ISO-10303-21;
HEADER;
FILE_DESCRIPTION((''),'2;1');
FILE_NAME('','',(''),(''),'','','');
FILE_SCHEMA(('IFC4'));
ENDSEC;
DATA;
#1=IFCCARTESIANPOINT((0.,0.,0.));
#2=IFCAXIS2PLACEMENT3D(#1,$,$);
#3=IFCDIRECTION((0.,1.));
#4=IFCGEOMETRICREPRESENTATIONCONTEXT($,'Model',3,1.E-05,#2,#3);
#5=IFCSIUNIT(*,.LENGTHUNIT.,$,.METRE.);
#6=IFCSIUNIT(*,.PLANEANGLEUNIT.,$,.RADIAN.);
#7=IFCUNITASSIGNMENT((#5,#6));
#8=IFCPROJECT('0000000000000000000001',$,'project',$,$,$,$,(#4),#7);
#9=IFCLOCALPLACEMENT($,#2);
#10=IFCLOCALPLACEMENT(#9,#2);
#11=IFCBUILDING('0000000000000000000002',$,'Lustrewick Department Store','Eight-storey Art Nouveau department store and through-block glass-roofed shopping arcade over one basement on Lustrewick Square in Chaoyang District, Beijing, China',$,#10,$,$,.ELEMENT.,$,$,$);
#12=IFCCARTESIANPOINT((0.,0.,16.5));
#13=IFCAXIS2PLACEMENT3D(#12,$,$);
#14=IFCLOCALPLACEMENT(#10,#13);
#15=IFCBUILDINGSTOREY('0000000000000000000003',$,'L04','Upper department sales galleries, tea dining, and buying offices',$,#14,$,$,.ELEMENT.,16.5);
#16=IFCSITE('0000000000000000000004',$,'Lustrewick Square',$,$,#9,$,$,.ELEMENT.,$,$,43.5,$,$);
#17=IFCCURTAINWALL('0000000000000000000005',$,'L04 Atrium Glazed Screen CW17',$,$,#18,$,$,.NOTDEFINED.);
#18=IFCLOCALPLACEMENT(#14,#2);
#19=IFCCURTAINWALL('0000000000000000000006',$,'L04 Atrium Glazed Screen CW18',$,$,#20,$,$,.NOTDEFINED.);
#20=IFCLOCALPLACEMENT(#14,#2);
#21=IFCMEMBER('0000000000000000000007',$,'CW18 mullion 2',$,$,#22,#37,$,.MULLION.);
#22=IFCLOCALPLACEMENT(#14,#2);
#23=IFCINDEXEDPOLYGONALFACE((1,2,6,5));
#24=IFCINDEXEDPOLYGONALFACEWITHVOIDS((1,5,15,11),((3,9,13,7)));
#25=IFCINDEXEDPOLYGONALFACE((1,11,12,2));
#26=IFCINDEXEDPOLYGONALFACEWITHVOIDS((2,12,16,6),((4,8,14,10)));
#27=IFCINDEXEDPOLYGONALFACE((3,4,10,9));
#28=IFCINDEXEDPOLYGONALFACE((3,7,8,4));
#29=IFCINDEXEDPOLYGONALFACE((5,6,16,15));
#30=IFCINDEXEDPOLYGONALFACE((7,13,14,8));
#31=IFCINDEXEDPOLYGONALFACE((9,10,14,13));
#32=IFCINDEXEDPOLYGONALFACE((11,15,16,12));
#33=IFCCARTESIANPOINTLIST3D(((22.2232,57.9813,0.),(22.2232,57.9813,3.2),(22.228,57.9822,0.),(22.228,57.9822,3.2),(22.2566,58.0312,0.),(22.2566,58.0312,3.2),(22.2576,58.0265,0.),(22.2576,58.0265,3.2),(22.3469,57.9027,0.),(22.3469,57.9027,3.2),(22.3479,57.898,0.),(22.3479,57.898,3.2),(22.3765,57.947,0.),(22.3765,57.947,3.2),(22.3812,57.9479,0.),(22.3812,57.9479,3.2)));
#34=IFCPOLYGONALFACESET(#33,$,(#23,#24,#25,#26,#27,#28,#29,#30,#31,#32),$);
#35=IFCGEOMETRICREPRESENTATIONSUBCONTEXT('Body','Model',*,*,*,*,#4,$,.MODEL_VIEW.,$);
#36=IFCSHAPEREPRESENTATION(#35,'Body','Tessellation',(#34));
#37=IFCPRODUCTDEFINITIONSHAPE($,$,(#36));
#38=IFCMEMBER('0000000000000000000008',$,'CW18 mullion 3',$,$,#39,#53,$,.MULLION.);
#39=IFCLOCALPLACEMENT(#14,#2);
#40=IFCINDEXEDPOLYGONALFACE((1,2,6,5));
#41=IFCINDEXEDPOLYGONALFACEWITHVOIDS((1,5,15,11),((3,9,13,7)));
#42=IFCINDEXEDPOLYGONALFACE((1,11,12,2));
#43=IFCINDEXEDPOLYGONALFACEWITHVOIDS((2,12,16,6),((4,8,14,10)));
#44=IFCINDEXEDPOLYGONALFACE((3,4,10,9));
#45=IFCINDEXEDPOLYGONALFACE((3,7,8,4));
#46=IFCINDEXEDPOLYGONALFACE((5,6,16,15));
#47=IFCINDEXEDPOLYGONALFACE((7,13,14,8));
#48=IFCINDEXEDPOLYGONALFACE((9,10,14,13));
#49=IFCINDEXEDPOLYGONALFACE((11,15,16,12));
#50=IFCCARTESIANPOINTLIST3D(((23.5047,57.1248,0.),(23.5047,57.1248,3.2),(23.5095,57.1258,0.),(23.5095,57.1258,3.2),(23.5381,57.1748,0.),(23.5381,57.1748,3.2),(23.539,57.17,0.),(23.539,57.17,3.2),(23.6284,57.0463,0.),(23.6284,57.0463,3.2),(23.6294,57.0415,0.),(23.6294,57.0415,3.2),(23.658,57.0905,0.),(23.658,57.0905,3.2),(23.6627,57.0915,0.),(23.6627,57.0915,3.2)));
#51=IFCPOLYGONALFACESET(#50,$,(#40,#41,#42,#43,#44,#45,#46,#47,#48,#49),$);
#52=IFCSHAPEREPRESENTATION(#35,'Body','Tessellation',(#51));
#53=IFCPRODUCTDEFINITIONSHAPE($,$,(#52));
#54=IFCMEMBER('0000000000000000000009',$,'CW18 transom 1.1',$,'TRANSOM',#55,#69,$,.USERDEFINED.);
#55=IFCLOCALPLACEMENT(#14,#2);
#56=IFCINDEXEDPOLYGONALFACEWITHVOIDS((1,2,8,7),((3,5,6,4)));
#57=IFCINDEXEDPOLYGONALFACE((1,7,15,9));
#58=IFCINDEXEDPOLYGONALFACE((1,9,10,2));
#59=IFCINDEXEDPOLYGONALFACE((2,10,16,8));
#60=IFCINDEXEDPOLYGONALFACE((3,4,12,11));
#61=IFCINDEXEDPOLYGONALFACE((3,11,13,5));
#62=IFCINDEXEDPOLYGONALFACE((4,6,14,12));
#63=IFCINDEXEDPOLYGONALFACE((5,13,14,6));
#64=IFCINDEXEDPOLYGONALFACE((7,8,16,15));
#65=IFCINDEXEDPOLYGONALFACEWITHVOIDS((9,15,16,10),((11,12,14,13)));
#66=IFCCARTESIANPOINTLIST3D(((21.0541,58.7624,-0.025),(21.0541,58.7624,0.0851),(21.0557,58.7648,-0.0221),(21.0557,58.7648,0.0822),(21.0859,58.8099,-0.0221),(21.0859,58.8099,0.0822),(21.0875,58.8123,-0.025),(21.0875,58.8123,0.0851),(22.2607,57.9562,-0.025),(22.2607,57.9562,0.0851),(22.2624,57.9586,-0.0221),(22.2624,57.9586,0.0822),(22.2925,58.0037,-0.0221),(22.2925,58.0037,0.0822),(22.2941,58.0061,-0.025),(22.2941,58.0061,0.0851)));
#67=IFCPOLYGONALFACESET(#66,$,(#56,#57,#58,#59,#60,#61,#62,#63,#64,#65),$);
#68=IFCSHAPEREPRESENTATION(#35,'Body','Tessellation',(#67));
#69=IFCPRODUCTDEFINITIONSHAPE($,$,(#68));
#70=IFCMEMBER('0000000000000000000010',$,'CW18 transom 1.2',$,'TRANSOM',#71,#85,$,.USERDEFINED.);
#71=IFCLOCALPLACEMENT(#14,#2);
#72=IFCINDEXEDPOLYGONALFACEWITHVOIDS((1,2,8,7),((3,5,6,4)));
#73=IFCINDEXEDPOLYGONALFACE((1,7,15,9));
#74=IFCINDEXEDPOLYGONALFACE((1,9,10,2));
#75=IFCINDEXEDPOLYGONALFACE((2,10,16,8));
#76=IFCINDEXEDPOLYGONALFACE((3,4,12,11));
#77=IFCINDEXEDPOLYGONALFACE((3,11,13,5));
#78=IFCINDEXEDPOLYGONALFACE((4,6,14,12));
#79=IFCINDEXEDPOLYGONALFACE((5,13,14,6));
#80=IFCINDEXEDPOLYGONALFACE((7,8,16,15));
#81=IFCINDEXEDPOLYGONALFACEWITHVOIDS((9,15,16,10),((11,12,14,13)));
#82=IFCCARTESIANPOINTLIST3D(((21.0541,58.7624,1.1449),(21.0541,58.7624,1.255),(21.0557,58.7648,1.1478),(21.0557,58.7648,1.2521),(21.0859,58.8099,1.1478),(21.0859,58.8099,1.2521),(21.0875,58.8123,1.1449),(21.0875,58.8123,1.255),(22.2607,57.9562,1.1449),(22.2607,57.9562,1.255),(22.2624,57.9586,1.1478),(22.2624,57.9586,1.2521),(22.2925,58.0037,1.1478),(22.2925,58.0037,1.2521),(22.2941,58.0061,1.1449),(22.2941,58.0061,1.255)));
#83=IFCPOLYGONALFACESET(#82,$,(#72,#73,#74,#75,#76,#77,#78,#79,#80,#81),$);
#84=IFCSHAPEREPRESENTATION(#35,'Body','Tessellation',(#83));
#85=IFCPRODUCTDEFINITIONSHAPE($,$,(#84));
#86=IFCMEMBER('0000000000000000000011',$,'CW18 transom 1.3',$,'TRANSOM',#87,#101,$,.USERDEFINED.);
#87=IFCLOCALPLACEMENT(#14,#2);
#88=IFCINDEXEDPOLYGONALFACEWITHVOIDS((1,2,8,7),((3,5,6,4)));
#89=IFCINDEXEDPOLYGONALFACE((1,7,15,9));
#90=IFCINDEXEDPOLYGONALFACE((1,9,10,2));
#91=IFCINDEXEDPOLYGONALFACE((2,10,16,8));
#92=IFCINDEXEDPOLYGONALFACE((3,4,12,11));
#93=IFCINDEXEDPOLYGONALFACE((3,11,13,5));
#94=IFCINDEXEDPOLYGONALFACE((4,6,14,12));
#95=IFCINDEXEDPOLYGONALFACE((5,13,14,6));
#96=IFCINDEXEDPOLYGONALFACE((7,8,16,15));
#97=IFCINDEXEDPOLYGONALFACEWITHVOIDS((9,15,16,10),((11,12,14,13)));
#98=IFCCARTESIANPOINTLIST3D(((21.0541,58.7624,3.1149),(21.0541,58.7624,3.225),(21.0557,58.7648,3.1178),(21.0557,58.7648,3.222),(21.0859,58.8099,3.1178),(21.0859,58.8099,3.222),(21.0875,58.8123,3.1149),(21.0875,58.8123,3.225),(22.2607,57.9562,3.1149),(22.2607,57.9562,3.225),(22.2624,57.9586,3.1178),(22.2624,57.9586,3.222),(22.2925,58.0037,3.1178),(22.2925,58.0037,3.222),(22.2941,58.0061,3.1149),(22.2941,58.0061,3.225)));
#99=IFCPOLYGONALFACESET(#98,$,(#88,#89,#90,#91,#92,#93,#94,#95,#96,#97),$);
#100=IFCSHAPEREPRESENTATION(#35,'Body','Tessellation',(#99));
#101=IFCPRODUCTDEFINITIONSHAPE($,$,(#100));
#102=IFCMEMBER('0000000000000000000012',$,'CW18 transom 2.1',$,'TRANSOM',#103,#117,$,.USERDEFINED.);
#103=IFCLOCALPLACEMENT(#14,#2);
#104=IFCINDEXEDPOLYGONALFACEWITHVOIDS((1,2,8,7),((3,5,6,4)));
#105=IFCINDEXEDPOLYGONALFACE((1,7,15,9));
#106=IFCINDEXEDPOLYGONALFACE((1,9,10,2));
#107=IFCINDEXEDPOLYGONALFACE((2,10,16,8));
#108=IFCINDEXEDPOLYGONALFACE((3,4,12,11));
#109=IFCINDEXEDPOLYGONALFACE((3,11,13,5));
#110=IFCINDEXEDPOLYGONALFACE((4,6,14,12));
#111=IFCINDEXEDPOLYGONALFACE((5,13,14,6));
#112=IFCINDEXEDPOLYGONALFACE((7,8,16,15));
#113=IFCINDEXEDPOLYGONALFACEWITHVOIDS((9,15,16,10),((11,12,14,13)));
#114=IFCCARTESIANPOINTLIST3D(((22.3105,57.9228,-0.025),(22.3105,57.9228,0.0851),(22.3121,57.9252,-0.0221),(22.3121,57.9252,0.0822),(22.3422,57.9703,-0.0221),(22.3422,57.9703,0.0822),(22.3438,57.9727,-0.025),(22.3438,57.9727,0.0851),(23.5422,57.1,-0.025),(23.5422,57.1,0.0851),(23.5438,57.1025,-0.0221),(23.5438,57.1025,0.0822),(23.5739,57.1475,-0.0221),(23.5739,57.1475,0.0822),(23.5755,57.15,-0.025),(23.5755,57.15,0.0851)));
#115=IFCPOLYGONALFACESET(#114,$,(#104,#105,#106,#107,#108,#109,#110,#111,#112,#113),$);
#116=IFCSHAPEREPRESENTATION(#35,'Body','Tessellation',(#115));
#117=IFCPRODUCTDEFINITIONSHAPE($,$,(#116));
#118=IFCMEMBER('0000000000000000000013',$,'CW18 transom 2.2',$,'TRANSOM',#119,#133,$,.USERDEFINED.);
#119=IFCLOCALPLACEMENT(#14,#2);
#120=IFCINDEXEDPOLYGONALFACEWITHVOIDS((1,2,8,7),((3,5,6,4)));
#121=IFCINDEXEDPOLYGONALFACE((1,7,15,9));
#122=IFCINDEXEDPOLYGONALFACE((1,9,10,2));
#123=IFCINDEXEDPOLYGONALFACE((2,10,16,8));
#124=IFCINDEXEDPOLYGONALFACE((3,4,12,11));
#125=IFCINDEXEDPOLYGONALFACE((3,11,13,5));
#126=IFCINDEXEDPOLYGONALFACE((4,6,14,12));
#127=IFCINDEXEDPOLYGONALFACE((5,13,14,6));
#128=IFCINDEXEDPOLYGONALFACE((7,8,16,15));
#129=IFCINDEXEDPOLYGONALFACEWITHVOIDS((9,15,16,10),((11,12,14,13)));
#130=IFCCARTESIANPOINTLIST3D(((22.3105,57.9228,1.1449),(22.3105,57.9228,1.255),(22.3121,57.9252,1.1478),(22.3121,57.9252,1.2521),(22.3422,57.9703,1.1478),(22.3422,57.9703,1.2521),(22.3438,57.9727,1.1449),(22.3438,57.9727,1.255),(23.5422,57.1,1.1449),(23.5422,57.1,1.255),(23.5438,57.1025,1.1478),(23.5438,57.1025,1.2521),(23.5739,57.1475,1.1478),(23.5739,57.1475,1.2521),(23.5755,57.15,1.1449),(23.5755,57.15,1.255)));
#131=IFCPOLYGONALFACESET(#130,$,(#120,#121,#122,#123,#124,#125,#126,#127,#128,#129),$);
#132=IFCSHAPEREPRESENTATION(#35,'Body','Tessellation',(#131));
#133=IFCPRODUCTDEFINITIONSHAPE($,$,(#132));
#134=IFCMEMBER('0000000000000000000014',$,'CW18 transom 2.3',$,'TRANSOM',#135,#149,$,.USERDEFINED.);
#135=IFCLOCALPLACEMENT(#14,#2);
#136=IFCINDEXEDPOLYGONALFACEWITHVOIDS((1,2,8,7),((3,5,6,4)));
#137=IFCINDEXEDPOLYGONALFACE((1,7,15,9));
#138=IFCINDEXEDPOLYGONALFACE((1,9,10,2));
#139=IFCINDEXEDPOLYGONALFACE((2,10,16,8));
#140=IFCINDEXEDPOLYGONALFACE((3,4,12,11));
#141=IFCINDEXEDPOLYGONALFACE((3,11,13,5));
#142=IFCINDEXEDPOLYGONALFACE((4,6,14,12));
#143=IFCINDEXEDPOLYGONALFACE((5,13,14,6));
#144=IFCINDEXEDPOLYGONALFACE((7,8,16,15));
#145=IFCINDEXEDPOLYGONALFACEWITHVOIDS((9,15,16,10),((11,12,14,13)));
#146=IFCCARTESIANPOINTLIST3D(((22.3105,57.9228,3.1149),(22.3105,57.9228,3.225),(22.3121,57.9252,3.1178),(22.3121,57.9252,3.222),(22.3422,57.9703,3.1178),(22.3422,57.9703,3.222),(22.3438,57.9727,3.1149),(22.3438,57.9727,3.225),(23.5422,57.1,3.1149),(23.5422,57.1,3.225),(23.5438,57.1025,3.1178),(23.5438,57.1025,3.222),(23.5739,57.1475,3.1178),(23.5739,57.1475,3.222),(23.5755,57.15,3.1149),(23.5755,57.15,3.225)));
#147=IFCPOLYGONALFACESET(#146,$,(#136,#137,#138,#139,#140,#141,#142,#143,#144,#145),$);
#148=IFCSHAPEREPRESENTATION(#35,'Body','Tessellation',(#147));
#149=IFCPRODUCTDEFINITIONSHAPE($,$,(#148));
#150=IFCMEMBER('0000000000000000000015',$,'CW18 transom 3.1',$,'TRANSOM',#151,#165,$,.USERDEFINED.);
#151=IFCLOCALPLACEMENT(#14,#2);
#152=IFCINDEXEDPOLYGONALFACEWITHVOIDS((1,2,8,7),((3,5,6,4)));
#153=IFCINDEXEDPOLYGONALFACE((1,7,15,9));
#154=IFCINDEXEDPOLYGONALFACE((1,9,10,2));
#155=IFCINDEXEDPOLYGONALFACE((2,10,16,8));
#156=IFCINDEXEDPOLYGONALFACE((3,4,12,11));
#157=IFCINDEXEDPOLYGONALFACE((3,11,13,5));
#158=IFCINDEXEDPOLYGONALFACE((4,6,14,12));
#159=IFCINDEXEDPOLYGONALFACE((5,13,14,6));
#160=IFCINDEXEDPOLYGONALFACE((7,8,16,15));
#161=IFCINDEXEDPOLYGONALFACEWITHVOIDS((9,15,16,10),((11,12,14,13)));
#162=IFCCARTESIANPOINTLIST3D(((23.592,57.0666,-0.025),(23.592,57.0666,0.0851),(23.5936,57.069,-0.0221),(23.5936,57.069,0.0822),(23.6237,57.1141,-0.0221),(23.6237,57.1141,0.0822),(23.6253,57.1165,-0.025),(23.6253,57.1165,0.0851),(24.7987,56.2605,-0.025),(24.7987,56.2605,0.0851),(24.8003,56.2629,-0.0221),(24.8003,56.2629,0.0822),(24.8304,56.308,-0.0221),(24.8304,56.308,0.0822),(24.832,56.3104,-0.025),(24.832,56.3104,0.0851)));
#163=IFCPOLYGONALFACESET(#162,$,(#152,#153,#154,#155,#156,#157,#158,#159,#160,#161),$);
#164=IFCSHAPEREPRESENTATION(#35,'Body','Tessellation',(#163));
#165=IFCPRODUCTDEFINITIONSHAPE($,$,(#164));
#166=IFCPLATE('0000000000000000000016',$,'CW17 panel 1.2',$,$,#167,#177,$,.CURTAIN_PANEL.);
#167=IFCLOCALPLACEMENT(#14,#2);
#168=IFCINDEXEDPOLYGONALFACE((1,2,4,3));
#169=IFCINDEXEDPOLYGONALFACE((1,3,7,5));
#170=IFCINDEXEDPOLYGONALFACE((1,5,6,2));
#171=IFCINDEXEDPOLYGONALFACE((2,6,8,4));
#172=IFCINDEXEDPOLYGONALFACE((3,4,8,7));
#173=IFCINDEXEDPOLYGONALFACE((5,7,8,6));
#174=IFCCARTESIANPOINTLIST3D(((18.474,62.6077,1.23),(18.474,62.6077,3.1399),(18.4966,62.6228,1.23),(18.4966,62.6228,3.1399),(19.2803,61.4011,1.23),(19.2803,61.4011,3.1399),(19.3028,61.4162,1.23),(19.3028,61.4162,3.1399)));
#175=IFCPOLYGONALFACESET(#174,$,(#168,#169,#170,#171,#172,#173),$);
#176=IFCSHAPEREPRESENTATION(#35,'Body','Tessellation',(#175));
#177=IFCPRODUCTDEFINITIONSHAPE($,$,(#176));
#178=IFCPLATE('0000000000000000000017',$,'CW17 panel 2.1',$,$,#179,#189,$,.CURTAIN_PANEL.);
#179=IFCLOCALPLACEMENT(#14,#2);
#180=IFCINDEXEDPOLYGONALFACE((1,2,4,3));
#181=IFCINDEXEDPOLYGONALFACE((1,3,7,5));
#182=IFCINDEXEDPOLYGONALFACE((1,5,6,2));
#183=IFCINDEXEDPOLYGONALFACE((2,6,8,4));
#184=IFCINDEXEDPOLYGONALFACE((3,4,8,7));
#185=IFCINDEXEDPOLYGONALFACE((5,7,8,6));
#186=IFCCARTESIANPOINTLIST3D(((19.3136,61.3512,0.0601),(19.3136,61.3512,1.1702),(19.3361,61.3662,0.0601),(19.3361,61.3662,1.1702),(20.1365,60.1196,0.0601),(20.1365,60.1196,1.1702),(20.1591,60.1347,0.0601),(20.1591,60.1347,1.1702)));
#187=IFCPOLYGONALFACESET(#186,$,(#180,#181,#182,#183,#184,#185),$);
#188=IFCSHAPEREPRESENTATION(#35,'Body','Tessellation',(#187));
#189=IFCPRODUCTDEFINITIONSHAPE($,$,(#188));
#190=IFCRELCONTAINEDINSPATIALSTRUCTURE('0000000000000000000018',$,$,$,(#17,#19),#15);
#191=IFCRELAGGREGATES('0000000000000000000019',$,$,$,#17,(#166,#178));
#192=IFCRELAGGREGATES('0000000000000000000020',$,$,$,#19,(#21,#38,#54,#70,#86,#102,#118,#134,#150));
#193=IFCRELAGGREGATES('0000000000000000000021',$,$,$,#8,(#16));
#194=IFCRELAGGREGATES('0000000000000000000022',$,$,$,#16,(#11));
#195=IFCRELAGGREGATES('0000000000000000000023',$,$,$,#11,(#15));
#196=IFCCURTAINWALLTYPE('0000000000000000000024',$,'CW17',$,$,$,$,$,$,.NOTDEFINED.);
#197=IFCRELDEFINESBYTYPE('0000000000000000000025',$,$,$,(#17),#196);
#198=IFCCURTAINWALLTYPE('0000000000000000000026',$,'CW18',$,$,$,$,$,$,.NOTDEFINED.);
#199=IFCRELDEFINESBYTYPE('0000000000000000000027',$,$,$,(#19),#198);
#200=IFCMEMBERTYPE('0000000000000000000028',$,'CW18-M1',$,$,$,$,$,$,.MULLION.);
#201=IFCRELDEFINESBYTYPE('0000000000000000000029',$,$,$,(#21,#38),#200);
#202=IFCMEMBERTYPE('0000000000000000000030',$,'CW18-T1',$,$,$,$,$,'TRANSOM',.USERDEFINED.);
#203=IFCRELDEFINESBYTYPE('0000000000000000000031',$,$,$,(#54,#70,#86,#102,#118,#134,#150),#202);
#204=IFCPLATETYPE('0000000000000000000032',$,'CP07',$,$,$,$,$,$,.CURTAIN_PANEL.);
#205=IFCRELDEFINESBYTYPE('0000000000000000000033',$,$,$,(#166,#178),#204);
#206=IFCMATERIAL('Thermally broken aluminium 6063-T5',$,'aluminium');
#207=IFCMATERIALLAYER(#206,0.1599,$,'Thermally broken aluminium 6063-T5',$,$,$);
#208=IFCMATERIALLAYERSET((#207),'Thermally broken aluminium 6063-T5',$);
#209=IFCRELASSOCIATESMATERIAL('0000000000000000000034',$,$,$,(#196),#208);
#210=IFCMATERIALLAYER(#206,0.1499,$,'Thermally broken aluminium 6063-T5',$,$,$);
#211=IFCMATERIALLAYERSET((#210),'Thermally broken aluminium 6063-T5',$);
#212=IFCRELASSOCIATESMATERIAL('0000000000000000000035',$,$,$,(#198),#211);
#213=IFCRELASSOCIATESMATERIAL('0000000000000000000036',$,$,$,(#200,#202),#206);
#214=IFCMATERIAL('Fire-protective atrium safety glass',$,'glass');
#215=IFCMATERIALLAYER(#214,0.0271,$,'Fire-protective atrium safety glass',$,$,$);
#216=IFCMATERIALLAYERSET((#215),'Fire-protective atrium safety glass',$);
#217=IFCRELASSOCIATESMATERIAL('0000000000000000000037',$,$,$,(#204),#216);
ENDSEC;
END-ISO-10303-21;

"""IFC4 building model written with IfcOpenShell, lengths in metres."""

from ifc_helpers import new_model, si_unit, direction, frame, origin, origin_2d, place, context, subcontext, project, spatial, rectangle, hollow_rectangle, extrude, material, layer, layer_set, material_profile, profile_set, type_object, element, aggregate, save


model = new_model("IFC4")

# Units and contexts
model_context = context("Model", 3, precision=1e-05, world=origin(), true_north=direction((0.0, 1.0)))
body_context = subcontext(model_context, "Body", "Model", "MODEL_VIEW")
ifc_project = project(units=[si_unit("LENGTHUNIT", "METRE"), si_unit("PLANEANGLEUNIT", "RADIAN")], contexts=[model_context])

# Site, building, storey
site_placement = place(None, origin())
site = spatial("IfcSite", under=ifc_project, at=site_placement, Name="Lustrewick Square", CompositionType="ELEMENT", RefElevation=43.5)
building_placement = place(site_placement, origin())
building = spatial("IfcBuilding", under=site, at=building_placement, Name="Lustrewick Department Store", Description="Eight-storey Art Nouveau department store and through-block glass-roofed shopping arcade over one basement on Lustrewick Square in Chaoyang District, Beijing, China", CompositionType="ELEMENT")
storey_placement = place(building_placement, frame((0.0, 0.0, 16.5)))
storey = spatial("IfcBuildingStorey", under=building, at=storey_placement, Name="L04", Description="Upper department sales galleries, tea dining, and buying offices", CompositionType="ELEMENT", Elevation=16.5)

# Curtain walls, members
ifc_material_1 = material(Name="Thermally broken aluminium 6063-T5", Category="aluminium")
ifc_layer_1 = layer(ifc_material_1, 0.1599, Name="Thermally broken aluminium 6063-T5")
ifc_layer_set_1 = layer_set([ifc_layer_1], Name="Thermally broken aluminium 6063-T5")
curtain_wall_type_1 = type_object("IfcCurtainWallType", Name="CW17", PredefinedType="NOTDEFINED", material=ifc_layer_set_1)
curtain_wall_1_placement = place(storey_placement, origin())
curtain_wall_1 = element("IfcCurtainWall", 1, at=curtain_wall_1_placement, inside=storey, type_object=curtain_wall_type_1, Name="L04 Atrium Glazed Screen CW17", PredefinedType="NOTDEFINED")
ifc_layer_2 = layer(ifc_material_1, 0.1499, Name="Thermally broken aluminium 6063-T5")
ifc_layer_set_2 = layer_set([ifc_layer_2], Name="Thermally broken aluminium 6063-T5")
curtain_wall_type_2 = type_object("IfcCurtainWallType", Name="CW18", PredefinedType="NOTDEFINED", material=ifc_layer_set_2)
curtain_wall_2_placement = place(storey_placement, origin())
curtain_wall_2 = element("IfcCurtainWall", 2, at=curtain_wall_2_placement, inside=storey, type_object=curtain_wall_type_2, Name="L04 Atrium Glazed Screen CW18", PredefinedType="NOTDEFINED")
ifc_material_profile_1 = material_profile(ifc_material_1, hollow_rectangle(XDim=0.0601, YDim=0.1499, WallThickness=0.0034, at=origin_2d()), Name="ALU-M 60x150x3.5")
ifc_profile_set_1 = profile_set([ifc_material_profile_1], Name="Thermally broken aluminium 6063-T5")
member_type_1 = type_object("IfcMemberType", Name="CW18-M1", PredefinedType="MULLION", material=ifc_profile_set_1)
member_1_placement = place(storey_placement, frame((22.3022, 57.9646, 0.0), z_axis=(0.0, 0.0, 1.0), x_axis=(0.555578, 0.831464, 0.0)))
member_1 = element("IfcMember", 3, at=member_1_placement, type_object=member_type_1, Name="CW18 mullion 2", PredefinedType="MULLION", context=body_context, shape_type="SweptSolid", body=[
    extrude(hollow_rectangle(XDim=0.0601, YDim=0.1499, WallThickness=0.0034, at=origin_2d()), origin(), (0.0, 0.0, 1.0), 3.2),
])
member_2_placement = place(storey_placement, frame((23.5837, 57.1082, 0.0), z_axis=(0.0, 0.0, 1.0), x_axis=(0.555578, 0.831464, 0.0)))
member_2 = element("IfcMember", 4, at=member_2_placement, type_object=member_type_1, Name="CW18 mullion 3", PredefinedType="MULLION", context=body_context, shape_type="SweptSolid", body=[
    extrude(hollow_rectangle(XDim=0.0601, YDim=0.1499, WallThickness=0.0034, at=origin_2d()), origin(), (0.0, 0.0, 1.0), 3.2),
])
ifc_material_profile_2 = material_profile(ifc_material_1, hollow_rectangle(XDim=0.0601, YDim=0.1101, WallThickness=0.0029, at=origin_2d()), Name="ALU-T 60x110x3")
ifc_profile_set_2 = profile_set([ifc_material_profile_2], Name="Thermally broken aluminium 6063-T5")
member_type_2 = type_object("IfcMemberType", Name="CW18-T1", ElementType="TRANSOM", PredefinedType="USERDEFINED", material=ifc_profile_set_2)
member_3_placement = place(storey_placement, frame((21.0708, 58.7874, 0.03), z_axis=(0.83148, -0.555554, 0.0), x_axis=(0.555554, 0.83148, 0.0)))
member_3 = element("IfcMember", 5, at=member_3_placement, type_object=member_type_2, Name="CW18 transom 1.1", ObjectType="TRANSOM", PredefinedType="USERDEFINED", context=body_context, shape_type="SweptSolid", body=[
    extrude(hollow_rectangle(XDim=0.0601, YDim=0.1101, WallThickness=0.0029, at=origin_2d()), origin(), (0.0, 0.0, 1.0), 1.4512),
])
member_4_placement = place(storey_placement, frame((21.0708, 58.7874, 1.2), z_axis=(0.83148, -0.555554, 0.0), x_axis=(0.555554, 0.83148, 0.0)))
member_4 = element("IfcMember", 6, at=member_4_placement, type_object=member_type_2, Name="CW18 transom 1.2", ObjectType="TRANSOM", PredefinedType="USERDEFINED", context=body_context, shape_type="SweptSolid", body=[
    extrude(hollow_rectangle(XDim=0.0601, YDim=0.1101, WallThickness=0.0029, at=origin_2d()), origin(), (0.0, 0.0, 1.0), 1.4512),
])
member_5_placement = place(storey_placement, frame((21.0708, 58.7874, 3.1699), z_axis=(0.83148, -0.555554, 0.0), x_axis=(0.555554, 0.83148, 0.0)))
member_5 = element("IfcMember", 7, at=member_5_placement, type_object=member_type_2, Name="CW18 transom 1.3", ObjectType="TRANSOM", PredefinedType="USERDEFINED", context=body_context, shape_type="SweptSolid", body=[
    extrude(hollow_rectangle(XDim=0.0601, YDim=0.1101, WallThickness=0.0029, at=origin_2d()), origin(), (0.0, 0.0, 1.0), 1.4512),
])
member_6_placement = place(storey_placement, frame((22.3271, 57.9478, 0.03), z_axis=(0.831543, -0.555461, 0.0), x_axis=(0.555461, 0.831543, 0.0)))
member_6 = element("IfcMember", 8, at=member_6_placement, type_object=member_type_2, Name="CW18 transom 2.1", ObjectType="TRANSOM", PredefinedType="USERDEFINED", context=body_context, shape_type="SweptSolid", body=[
    extrude(hollow_rectangle(XDim=0.0601, YDim=0.1101, WallThickness=0.0029, at=origin_2d()), origin(), (0.0, 0.0, 1.0), 1.4812),
])
member_7_placement = place(storey_placement, frame((22.3271, 57.9478, 1.2), z_axis=(0.831543, -0.555461, 0.0), x_axis=(0.555461, 0.831543, 0.0)))
member_7 = element("IfcMember", 9, at=member_7_placement, type_object=member_type_2, Name="CW18 transom 2.2", ObjectType="TRANSOM", PredefinedType="USERDEFINED", context=body_context, shape_type="SweptSolid", body=[
    extrude(hollow_rectangle(XDim=0.0601, YDim=0.1101, WallThickness=0.0029, at=origin_2d()), origin(), (0.0, 0.0, 1.0), 1.4812),
])
member_8_placement = place(storey_placement, frame((22.3271, 57.9478, 3.1699), z_axis=(0.831543, -0.555461, 0.0), x_axis=(0.555461, 0.831543, 0.0)))
member_8 = element("IfcMember", 10, at=member_8_placement, type_object=member_type_2, Name="CW18 transom 2.3", ObjectType="TRANSOM", PredefinedType="USERDEFINED", context=body_context, shape_type="SweptSolid", body=[
    extrude(hollow_rectangle(XDim=0.0601, YDim=0.1101, WallThickness=0.0029, at=origin_2d()), origin(), (0.0, 0.0, 1.0), 1.4812),
])
member_9_placement = place(storey_placement, frame((23.6086, 57.0916, 0.03), z_axis=(0.831532, -0.555476, 0.0), x_axis=(0.555476, 0.831532, 0.0)))
member_9 = element("IfcMember", 11, at=member_9_placement, type_object=member_type_2, Name="CW18 transom 3.1", ObjectType="TRANSOM", PredefinedType="USERDEFINED", context=body_context, shape_type="SweptSolid", body=[
    extrude(hollow_rectangle(XDim=0.0601, YDim=0.1101, WallThickness=0.0029, at=origin_2d()), origin(), (0.0, 0.0, 1.0), 1.4512),
])

# Plates
ifc_material_2 = material(Name="Fire-protective atrium safety glass", Category="glass")
ifc_layer_3 = layer(ifc_material_2, 0.0271, Name="Fire-protective atrium safety glass")
ifc_layer_set_3 = layer_set([ifc_layer_3], Name="Fire-protective atrium safety glass")
plate_type_1 = type_object("IfcPlateType", Name="CP07", PredefinedType="CURTAIN_PANEL", material=ifc_layer_set_3)
plate_1_placement = place(storey_placement, frame((18.8884, 62.012, 1.23), z_axis=(0.0, 0.0, 1.0), x_axis=(0.555578, -0.831464, 0.0)))
plate_1 = element("IfcPlate", 12, at=plate_1_placement, type_object=plate_type_1, Name="CW17 panel 1.2", PredefinedType="CURTAIN_PANEL", context=body_context, shape_type="SweptSolid", body=[
    extrude(rectangle(XDim=1.4512, YDim=0.0271, at=origin_2d()), origin(), (0.0, 0.0, 1.0), 1.9099),
])
plate_2_placement = place(storey_placement, frame((19.7363, 60.7429, 0.0601), z_axis=(0.0, 0.0, 1.0), x_axis=(0.555578, -0.831464, 0.0)))
plate_2 = element("IfcPlate", 13, at=plate_2_placement, type_object=plate_type_1, Name="CW17 panel 2.1", PredefinedType="CURTAIN_PANEL", context=body_context, shape_type="SweptSolid", body=[
    extrude(rectangle(XDim=1.4812, YDim=0.0271, at=origin_2d()), origin(), (0.0, 0.0, 1.0), 1.1101),
])
aggregate(curtain_wall_1, [plate_1, plate_2])
aggregate(curtain_wall_2, [member_1, member_2, member_3, member_4, member_5, member_6, member_7, member_8, member_9])

save(model, "model.ifc")
